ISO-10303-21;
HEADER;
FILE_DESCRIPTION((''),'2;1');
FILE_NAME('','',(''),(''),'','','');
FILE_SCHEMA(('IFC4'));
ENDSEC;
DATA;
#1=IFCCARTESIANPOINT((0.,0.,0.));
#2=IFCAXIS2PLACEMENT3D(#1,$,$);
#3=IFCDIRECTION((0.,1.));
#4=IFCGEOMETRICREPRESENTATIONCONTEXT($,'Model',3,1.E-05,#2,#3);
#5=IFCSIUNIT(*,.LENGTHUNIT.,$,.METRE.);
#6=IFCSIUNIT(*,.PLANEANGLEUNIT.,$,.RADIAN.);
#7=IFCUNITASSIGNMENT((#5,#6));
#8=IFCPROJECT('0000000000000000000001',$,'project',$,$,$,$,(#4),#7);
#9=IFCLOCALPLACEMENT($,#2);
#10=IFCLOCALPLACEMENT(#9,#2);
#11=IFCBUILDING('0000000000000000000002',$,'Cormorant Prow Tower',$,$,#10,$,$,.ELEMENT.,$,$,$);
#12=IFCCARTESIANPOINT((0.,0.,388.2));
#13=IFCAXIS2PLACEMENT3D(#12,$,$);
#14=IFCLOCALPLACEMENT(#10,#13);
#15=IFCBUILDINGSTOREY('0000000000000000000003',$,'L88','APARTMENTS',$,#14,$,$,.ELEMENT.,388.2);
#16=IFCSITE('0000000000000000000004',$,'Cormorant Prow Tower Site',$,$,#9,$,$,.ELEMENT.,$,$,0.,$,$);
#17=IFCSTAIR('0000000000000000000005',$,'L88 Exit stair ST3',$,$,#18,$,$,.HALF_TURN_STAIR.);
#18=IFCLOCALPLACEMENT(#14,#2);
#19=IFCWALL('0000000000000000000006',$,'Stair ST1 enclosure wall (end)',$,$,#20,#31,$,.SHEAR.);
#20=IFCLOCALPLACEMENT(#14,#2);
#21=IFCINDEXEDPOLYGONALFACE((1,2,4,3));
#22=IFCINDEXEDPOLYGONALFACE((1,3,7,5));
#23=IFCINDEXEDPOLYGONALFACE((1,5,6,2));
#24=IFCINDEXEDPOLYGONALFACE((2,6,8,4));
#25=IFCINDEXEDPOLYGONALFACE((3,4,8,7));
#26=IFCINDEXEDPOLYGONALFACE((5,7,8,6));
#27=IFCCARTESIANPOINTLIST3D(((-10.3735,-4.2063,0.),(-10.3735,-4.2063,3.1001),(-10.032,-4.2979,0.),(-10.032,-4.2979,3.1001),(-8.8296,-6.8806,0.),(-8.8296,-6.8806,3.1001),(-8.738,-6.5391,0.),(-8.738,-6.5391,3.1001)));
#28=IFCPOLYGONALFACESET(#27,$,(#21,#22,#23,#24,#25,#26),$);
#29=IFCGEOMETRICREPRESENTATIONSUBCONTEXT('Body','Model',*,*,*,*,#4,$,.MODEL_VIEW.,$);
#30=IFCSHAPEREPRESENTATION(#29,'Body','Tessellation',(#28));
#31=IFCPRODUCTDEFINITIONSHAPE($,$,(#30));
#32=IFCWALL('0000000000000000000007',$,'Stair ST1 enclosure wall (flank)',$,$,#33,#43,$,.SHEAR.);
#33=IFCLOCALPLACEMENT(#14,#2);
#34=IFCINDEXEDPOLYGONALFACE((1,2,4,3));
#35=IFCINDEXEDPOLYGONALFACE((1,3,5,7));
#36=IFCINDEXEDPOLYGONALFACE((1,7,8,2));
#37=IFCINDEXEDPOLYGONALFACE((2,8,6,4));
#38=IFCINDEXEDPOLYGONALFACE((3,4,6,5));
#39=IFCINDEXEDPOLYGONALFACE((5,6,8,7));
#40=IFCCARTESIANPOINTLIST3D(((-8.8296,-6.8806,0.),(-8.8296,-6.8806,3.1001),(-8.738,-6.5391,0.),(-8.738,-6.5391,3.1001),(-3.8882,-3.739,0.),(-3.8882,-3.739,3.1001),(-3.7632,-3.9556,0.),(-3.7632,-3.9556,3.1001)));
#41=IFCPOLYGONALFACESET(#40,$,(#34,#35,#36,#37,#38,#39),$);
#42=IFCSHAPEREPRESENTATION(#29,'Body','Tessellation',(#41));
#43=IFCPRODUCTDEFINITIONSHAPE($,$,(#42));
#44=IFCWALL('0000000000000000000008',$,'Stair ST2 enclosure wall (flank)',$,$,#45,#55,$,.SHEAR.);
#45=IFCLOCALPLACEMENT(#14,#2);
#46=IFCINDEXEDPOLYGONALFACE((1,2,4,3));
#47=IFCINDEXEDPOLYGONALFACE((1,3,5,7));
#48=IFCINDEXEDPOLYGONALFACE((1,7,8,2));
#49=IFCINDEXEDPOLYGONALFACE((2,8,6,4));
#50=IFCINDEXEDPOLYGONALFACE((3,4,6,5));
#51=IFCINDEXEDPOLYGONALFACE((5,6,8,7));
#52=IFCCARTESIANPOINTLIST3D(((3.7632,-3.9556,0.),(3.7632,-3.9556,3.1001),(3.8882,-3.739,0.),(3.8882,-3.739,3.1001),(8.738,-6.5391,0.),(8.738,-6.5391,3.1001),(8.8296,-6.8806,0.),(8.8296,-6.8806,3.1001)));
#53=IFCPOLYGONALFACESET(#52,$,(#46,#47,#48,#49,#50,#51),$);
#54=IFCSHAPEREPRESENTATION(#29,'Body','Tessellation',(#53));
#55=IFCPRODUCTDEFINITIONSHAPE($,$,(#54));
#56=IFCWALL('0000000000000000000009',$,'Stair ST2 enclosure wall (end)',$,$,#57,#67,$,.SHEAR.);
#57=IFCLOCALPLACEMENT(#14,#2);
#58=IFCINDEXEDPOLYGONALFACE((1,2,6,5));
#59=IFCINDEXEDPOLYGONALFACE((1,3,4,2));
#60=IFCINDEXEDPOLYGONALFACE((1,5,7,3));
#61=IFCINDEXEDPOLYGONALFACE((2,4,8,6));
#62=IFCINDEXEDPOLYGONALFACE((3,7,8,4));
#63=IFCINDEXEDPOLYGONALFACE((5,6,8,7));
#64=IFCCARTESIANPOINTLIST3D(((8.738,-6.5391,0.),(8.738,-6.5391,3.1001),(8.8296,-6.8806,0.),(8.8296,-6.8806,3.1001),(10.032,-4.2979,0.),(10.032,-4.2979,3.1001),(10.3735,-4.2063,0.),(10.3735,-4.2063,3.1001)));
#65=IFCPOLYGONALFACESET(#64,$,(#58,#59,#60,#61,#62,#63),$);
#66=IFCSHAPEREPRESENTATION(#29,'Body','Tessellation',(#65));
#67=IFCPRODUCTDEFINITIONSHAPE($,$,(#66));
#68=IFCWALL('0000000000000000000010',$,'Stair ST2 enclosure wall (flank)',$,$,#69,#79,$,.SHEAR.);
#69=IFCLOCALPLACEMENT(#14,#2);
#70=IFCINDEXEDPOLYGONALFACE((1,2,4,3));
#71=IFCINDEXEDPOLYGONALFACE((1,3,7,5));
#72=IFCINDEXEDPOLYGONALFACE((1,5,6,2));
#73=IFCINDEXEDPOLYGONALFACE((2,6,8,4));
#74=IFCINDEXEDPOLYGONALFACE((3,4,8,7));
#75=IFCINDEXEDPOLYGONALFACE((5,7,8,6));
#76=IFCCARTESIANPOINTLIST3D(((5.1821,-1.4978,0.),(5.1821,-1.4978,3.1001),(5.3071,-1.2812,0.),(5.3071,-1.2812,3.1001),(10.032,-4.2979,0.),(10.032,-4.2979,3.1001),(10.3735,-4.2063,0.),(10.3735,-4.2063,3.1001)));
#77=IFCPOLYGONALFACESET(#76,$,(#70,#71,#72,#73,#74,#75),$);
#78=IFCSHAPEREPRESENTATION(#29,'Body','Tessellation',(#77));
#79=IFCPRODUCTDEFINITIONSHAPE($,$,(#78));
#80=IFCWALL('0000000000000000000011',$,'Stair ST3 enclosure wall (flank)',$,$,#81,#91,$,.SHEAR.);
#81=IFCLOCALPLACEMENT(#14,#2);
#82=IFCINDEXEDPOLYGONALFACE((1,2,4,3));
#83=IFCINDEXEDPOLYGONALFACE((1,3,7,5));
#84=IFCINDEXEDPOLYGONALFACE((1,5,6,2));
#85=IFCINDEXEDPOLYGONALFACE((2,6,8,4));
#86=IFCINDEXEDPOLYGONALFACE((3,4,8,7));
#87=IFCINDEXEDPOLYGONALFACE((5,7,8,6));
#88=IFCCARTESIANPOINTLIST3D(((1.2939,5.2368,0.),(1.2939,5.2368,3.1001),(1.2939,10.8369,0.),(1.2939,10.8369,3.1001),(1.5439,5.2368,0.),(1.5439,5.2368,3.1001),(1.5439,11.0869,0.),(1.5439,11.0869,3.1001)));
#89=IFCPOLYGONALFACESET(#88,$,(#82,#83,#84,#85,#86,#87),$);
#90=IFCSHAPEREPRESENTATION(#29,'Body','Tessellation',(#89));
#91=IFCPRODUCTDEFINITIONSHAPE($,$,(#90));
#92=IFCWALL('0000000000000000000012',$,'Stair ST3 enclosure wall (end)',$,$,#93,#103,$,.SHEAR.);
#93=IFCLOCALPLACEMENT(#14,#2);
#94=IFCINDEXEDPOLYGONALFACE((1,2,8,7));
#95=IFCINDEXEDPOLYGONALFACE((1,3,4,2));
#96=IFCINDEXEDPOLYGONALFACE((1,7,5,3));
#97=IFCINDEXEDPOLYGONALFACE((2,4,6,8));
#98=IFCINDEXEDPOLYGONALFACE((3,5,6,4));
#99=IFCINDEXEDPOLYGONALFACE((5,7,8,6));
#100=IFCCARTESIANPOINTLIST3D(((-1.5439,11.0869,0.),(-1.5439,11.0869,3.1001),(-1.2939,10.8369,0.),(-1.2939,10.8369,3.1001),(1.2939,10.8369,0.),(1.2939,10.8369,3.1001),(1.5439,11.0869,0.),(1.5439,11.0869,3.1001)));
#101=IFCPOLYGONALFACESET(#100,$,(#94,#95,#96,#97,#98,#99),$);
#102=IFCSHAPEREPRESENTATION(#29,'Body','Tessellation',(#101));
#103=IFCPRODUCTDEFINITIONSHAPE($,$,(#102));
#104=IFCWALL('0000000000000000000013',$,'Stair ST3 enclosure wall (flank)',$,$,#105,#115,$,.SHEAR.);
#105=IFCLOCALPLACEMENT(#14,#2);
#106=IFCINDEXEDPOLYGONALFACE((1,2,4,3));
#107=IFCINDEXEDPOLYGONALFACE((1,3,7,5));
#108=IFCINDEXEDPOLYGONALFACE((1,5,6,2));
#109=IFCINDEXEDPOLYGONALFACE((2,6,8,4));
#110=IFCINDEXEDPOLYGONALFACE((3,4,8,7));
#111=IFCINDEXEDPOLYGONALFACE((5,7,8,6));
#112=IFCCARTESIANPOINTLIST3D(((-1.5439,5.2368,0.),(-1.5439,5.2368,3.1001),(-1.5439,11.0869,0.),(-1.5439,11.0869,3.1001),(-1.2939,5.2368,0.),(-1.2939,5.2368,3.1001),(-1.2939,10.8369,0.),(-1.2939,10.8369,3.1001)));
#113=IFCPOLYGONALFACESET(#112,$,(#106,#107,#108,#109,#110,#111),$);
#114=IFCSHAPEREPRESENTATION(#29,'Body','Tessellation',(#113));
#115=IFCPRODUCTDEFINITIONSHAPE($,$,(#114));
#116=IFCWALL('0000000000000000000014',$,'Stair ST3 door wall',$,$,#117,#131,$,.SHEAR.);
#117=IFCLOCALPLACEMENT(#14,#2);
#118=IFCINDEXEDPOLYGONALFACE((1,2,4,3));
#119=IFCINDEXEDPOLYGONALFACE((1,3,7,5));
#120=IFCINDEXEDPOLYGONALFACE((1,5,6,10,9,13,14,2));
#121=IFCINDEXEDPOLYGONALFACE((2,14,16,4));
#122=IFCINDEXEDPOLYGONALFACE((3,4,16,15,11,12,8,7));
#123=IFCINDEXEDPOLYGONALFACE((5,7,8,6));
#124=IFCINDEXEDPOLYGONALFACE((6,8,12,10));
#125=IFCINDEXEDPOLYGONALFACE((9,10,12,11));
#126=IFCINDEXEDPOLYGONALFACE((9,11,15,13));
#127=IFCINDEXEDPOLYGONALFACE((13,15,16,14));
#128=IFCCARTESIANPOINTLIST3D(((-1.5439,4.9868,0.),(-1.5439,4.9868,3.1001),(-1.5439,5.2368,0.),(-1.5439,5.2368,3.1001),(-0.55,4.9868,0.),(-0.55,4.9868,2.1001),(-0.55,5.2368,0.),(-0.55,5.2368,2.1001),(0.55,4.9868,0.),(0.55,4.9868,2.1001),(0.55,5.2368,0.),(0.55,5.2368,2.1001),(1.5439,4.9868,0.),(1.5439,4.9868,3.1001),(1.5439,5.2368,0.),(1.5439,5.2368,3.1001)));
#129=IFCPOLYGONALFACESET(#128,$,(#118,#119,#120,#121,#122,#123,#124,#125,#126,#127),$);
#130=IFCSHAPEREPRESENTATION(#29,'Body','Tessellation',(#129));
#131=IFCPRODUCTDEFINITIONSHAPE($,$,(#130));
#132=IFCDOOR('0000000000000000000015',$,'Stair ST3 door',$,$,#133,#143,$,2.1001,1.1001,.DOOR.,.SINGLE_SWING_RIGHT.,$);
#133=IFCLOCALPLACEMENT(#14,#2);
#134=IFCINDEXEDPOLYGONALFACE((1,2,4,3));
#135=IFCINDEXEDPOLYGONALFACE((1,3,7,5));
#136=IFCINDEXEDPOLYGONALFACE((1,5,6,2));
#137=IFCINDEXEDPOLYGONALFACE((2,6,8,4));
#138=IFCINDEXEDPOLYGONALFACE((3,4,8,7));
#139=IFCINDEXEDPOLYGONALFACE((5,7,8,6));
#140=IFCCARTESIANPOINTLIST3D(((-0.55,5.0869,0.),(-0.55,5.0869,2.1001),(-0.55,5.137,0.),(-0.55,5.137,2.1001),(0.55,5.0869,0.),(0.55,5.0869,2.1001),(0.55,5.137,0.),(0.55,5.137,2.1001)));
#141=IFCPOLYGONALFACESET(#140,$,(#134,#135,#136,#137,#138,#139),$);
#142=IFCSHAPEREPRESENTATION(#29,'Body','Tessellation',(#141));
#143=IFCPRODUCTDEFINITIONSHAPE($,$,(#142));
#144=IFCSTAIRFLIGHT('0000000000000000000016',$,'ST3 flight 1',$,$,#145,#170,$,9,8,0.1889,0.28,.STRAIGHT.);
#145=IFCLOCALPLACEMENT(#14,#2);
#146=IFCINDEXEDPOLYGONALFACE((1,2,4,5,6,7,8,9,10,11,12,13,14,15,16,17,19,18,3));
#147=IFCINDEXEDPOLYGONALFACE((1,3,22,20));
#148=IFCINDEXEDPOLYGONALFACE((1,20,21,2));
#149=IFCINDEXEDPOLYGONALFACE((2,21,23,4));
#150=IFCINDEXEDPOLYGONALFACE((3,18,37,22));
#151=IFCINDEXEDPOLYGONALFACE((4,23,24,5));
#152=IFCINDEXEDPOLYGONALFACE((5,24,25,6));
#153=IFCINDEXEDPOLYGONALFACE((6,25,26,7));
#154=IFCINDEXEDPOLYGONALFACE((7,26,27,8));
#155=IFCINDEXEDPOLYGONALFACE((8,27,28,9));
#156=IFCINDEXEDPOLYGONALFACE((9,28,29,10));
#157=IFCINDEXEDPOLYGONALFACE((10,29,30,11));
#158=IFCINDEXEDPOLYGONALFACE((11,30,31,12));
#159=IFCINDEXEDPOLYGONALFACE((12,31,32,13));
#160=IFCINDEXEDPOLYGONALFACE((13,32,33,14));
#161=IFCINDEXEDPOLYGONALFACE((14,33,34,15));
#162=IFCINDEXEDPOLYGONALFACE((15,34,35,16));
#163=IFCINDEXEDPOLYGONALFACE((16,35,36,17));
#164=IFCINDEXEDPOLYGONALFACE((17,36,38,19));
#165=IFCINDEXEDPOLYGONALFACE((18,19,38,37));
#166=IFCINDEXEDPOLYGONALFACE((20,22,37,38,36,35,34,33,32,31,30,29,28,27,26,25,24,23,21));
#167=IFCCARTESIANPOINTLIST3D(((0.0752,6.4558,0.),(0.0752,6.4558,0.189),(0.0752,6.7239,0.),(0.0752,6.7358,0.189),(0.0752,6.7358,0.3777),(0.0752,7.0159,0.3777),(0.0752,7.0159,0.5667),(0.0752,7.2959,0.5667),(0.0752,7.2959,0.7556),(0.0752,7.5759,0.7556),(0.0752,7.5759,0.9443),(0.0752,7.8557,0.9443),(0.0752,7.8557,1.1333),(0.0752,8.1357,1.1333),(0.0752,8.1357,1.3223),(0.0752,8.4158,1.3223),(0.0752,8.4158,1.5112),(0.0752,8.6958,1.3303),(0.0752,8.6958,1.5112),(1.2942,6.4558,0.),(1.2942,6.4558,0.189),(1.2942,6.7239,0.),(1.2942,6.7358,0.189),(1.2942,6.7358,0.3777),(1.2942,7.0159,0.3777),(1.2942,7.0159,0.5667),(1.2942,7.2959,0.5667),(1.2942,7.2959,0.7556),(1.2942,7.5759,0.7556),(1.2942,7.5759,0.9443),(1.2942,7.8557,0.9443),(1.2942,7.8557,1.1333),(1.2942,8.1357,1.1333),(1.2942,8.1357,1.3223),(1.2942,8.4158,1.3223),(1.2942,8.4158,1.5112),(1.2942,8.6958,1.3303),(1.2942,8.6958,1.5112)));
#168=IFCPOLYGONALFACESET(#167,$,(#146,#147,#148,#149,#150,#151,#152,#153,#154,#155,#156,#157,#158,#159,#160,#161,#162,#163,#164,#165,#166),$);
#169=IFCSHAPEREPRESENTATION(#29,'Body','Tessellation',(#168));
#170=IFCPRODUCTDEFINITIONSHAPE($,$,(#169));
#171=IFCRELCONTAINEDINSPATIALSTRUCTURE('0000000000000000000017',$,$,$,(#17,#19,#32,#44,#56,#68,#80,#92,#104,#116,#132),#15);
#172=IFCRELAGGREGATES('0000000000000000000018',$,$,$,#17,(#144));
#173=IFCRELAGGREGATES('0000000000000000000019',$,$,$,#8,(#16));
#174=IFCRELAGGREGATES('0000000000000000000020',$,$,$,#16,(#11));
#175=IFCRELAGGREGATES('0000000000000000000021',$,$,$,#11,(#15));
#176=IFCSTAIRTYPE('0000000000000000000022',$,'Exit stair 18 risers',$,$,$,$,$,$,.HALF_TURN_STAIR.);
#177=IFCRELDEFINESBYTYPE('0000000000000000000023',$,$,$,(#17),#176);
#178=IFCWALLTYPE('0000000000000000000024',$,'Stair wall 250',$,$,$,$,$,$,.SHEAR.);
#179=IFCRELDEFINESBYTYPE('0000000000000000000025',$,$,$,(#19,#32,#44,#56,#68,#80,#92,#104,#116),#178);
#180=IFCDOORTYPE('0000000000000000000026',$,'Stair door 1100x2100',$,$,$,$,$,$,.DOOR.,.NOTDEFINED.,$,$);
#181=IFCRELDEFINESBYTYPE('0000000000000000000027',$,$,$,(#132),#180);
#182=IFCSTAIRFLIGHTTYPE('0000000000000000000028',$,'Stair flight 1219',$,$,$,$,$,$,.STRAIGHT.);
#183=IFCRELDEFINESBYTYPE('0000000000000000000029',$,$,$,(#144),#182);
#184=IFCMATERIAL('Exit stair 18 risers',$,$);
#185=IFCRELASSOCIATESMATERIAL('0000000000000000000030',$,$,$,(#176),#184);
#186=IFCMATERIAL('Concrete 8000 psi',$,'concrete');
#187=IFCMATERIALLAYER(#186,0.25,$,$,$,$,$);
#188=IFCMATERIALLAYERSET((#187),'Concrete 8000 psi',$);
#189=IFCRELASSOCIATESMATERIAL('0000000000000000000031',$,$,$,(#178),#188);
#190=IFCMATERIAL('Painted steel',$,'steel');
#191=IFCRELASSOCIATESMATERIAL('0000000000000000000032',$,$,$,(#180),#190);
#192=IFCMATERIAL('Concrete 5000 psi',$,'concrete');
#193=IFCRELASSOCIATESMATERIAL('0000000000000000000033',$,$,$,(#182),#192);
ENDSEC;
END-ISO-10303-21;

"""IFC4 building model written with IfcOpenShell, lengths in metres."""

from ifc_helpers import new_model, si_unit, direction, frame, frame_2d, origin, place, context, subcontext, project, spatial, polyline, rectangle, outline, extrude, material, layer, layer_set, type_object, element, fill, aggregate, save


model = new_model("IFC4")

# Units and contexts
model_context = context("Model", 3, precision=1e-05, world=origin(), true_north=direction((0.0, 1.0)))
body_context = subcontext(model_context, "Body", "Model", "MODEL_VIEW")
ifc_project = project(units=[si_unit("LENGTHUNIT", "METRE"), si_unit("PLANEANGLEUNIT", "RADIAN")], contexts=[model_context])

# Site, building, storey
site_placement = place(None, origin())
site = spatial("IfcSite", under=ifc_project, at=site_placement, Name="Cormorant Prow Tower Site", CompositionType="ELEMENT", RefElevation=0.0)
building_placement = place(site_placement, origin())
building = spatial("IfcBuilding", under=site, at=building_placement, Name="Cormorant Prow Tower", CompositionType="ELEMENT")
storey_placement = place(building_placement, frame((0.0, 0.0, 388.2)))
storey = spatial("IfcBuildingStorey", under=building, at=storey_placement, Name="L88", Description="APARTMENTS", CompositionType="ELEMENT", Elevation=388.2)

# Stair
ifc_material_1 = material(Name="Exit stair 18 risers")
stair_type = type_object("IfcStairType", Name="Exit stair 18 risers", PredefinedType="HALF_TURN_STAIR", material=ifc_material_1)
stair_1_placement = place(storey_placement, origin())
stair_1 = element("IfcStair", 1, at=stair_1_placement, inside=storey, type_object=stair_type, Name="L88 Exit stair ST3", PredefinedType="HALF_TURN_STAIR")

# Walls
ifc_material_2 = material(Name="Concrete 8000 psi", Category="concrete")
ifc_layer_1 = layer(ifc_material_2, 0.25)
ifc_layer_set_1 = layer_set([ifc_layer_1], Name="Concrete 8000 psi")
wall_type_1 = type_object("IfcWallType", Name="Stair wall 250", PredefinedType="SHEAR", material=ifc_layer_set_1)
wall_1_placement = place(storey_placement, origin())
element("IfcWall", 2, at=wall_1_placement, inside=storey, type_object=wall_type_1, Name="Stair ST1 enclosure wall (end)", PredefinedType="SHEAR", context=body_context, shape_type="SweptSolid", body=[
    extrude(outline(polyline([(-10.3735, -4.2063), (-8.8296, -6.8806), (-8.738, -6.5391), (-10.032, -4.2979), (-10.3735, -4.2063)])), origin(), (0.0, 0.0, 1.0), 3.1001),
])
wall_2_placement = place(storey_placement, origin())
element("IfcWall", 3, at=wall_2_placement, inside=storey, type_object=wall_type_1, Name="Stair ST1 enclosure wall (flank)", PredefinedType="SHEAR", context=body_context, shape_type="SweptSolid", body=[
    extrude(outline(polyline([(-8.738, -6.5391), (-8.8296, -6.8806), (-3.7632, -3.9556), (-3.8882, -3.739), (-8.738, -6.5391)])), origin(), (0.0, 0.0, 1.0), 3.1001),
])
wall_3_placement = place(storey_placement, origin())
element("IfcWall", 4, at=wall_3_placement, inside=storey, type_object=wall_type_1, Name="Stair ST2 enclosure wall (flank)", PredefinedType="SHEAR", context=body_context, shape_type="SweptSolid", body=[
    extrude(outline(polyline([(3.7632, -3.9556), (8.8296, -6.8806), (8.738, -6.5391), (3.8882, -3.739), (3.7632, -3.9556)])), origin(), (0.0, 0.0, 1.0), 3.1001),
])
wall_4_placement = place(storey_placement, origin())
element("IfcWall", 5, at=wall_4_placement, inside=storey, type_object=wall_type_1, Name="Stair ST2 enclosure wall (end)", PredefinedType="SHEAR", context=body_context, shape_type="SweptSolid", body=[
    extrude(outline(polyline([(8.8296, -6.8806), (10.3735, -4.2063), (10.032, -4.2979), (8.738, -6.5391), (8.8296, -6.8806)])), origin(), (0.0, 0.0, 1.0), 3.1001),
])
wall_5_placement = place(storey_placement, origin())
element("IfcWall", 6, at=wall_5_placement, inside=storey, type_object=wall_type_1, Name="Stair ST2 enclosure wall (flank)", PredefinedType="SHEAR", context=body_context, shape_type="SweptSolid", body=[
    extrude(outline(polyline([(10.032, -4.2979), (10.3735, -4.2063), (5.3071, -1.2812), (5.1821, -1.4978), (10.032, -4.2979)])), origin(), (0.0, 0.0, 1.0), 3.1001),
])
wall_6_placement = place(storey_placement, origin())
element("IfcWall", 7, at=wall_6_placement, inside=storey, type_object=wall_type_1, Name="Stair ST3 enclosure wall (flank)", PredefinedType="SHEAR", context=body_context, shape_type="SweptSolid", body=[
    extrude(outline(polyline([(1.5439, 5.2368), (1.5439, 11.0869), (1.2939, 10.8369), (1.2939, 5.2368), (1.5439, 5.2368)])), origin(), (0.0, 0.0, 1.0), 3.1001),
])
wall_7_placement = place(storey_placement, origin())
element("IfcWall", 8, at=wall_7_placement, inside=storey, type_object=wall_type_1, Name="Stair ST3 enclosure wall (end)", PredefinedType="SHEAR", context=body_context, shape_type="SweptSolid", body=[
    extrude(outline(polyline([(1.5439, 11.0869), (-1.5439, 11.0869), (-1.2939, 10.8369), (1.2939, 10.8369), (1.5439, 11.0869)])), origin(), (0.0, 0.0, 1.0), 3.1001),
])
wall_8_placement = place(storey_placement, origin())
element("IfcWall", 9, at=wall_8_placement, inside=storey, type_object=wall_type_1, Name="Stair ST3 enclosure wall (flank)", PredefinedType="SHEAR", context=body_context, shape_type="SweptSolid", body=[
    extrude(outline(polyline([(-1.2939, 10.8369), (-1.5439, 11.0869), (-1.5439, 5.2368), (-1.2939, 5.2368), (-1.2939, 10.8369)])), origin(), (0.0, 0.0, 1.0), 3.1001),
])

# Wall, opening, door
wall_9_placement = place(storey_placement, frame((1.5439, 5.1118, 0.0), z_axis=(0.0, 0.0, 1.0), x_axis=(-1.0, 0.0, 0.0)))
wall_9 = element("IfcWall", 10, at=wall_9_placement, inside=storey, type_object=wall_type_1, Name="Stair ST3 door wall", PredefinedType="SHEAR", context=body_context, shape_type="SweptSolid", body=[
    extrude(rectangle(XDim=3.0879, YDim=0.25, at=frame_2d((1.5439, 0.0))), origin(), (0.0, 0.0, 1.0), 3.1001),
])
opening_placement = place(wall_9_placement, frame((0.9939, 0.0, 0.0)))
opening = element("IfcOpeningElement", 11, at=opening_placement, cuts=wall_9, PredefinedType="OPENING", context=body_context, shape_type="SweptSolid", body=[
    extrude(rectangle(XDim=1.1001, YDim=2.1001, at=frame_2d((0.55, 1.05))), frame((0.0, 0.135, 0.0), z_axis=(0.0, -1.0, 0.0), x_axis=(1.0, 0.0, 0.0)), (0.0, 0.0, 1.0), 0.27),
])
ifc_material_3 = material(Name="Painted steel", Category="steel")
door_type = type_object("IfcDoorType", Name="Stair door 1100x2100", OperationType="NOTDEFINED", PredefinedType="DOOR", material=ifc_material_3)
door_placement = place(opening_placement, origin())
door = element("IfcDoor", 12, at=door_placement, inside=storey, type_object=door_type, Name="Stair ST3 door", OperationType="SINGLE_SWING_RIGHT", OverallHeight=2.1001, OverallWidth=1.1001, PredefinedType="DOOR", context=body_context, shape_type="SweptSolid", body=[
    extrude(rectangle(XDim=1.1001, YDim=2.1001, at=frame_2d((0.55, 1.05))), frame((0.0, 0.0249, 0.0), z_axis=(0.0, -1.0, 0.0), x_axis=(1.0, 0.0, 0.0)), (0.0, 0.0, 1.0), 0.05),
])
fill(opening, door)

# Stair flight
ifc_material_4 = material(Name="Concrete 5000 psi", Category="concrete")
stair_flight_type = type_object("IfcStairFlightType", Name="Stair flight 1219", PredefinedType="STRAIGHT", material=ifc_material_4)
stair_flight_1_placement = place(storey_placement, frame((0.6846, 6.4558, 0.0), z_axis=(0.0, 0.0, 1.0), x_axis=(0.0, 1.0, 0.0)))
stair_flight_1 = element("IfcStairFlight", 13, at=stair_flight_1_placement, type_object=stair_flight_type, Name="ST3 flight 1", NumberOfRisers=9, NumberOfTreads=8, PredefinedType="STRAIGHT", RiserHeight=0.1889, TreadLength=0.28, context=body_context, shape_type="SweptSolid", body=[
    extrude(outline(polyline([(0.0, 0.0), (0.0, 0.189), (0.28, 0.189), (0.28, 0.3777), (0.5601, 0.3777), (0.5601, 0.5667), (0.8401, 0.5667), (0.8401, 0.7556), (1.1201, 0.7556), (1.1201, 0.9443), (1.3999, 0.9443), (1.3999, 1.1333), (1.6799, 1.1333), (1.6799, 1.3223), (1.96, 1.3223), (1.96, 1.5112), (2.24, 1.5112), (2.24, 1.7), (2.24, 1.3303), (0.2681, 0.0), (0.0, 0.0)])), frame((0.0, 0.6094, 0.0), z_axis=(0.0, -1.0, 0.0), x_axis=(1.0, 0.0, 0.0)), (0.0, 0.0, 1.0), 1.219),
])
aggregate(stair_1, [stair_flight_1])

save(model, "model.ifc")
